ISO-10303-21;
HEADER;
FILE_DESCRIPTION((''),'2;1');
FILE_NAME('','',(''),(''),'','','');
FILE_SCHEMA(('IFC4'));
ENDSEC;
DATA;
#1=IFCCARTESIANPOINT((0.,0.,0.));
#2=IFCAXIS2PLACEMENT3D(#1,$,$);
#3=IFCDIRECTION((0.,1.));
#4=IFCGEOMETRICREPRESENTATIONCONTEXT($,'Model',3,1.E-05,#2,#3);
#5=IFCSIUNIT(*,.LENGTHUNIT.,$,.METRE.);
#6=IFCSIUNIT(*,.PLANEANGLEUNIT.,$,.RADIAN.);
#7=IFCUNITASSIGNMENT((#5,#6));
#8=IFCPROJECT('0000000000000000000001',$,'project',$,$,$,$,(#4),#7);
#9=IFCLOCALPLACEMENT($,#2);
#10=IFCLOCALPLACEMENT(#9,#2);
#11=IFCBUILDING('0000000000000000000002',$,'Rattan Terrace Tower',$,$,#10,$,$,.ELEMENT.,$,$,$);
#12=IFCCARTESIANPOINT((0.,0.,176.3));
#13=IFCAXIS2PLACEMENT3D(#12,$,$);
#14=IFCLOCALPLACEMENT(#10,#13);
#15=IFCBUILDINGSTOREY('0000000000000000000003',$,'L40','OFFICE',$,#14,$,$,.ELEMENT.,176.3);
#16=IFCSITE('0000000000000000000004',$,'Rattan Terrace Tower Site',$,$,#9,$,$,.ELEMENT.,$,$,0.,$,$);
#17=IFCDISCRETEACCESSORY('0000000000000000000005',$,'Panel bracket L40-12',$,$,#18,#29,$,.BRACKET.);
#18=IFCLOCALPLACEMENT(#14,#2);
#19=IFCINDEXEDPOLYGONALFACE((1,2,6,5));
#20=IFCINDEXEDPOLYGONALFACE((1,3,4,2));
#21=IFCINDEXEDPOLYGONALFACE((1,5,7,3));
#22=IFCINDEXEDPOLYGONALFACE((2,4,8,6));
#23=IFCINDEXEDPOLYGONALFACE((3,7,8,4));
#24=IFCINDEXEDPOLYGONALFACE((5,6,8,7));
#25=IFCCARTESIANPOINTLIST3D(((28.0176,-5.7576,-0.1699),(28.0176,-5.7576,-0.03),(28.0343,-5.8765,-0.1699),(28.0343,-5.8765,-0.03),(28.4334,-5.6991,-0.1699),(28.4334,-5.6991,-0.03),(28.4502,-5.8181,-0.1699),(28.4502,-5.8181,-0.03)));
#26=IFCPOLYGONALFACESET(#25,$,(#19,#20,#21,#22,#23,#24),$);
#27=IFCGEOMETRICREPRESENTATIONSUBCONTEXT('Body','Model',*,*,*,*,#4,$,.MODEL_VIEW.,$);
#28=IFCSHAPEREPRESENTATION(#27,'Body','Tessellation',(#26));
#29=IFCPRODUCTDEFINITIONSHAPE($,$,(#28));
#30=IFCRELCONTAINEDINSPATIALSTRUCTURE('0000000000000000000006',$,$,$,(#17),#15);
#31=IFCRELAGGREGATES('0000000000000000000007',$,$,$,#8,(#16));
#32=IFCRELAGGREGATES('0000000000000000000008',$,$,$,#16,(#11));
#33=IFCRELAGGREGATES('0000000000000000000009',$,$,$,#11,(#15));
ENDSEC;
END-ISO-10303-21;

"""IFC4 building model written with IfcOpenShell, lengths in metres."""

from ifc_helpers import new_model, si_unit, direction, frame, origin, origin_2d, place, context, subcontext, project, spatial, rectangle, extrude, element, save


model = new_model("IFC4")

# Units and contexts
model_context = context("Model", 3, precision=1e-05, world=origin(), true_north=direction((0.0, 1.0)))
body_context = subcontext(model_context, "Body", "Model", "MODEL_VIEW")
ifc_project = project(units=[si_unit("LENGTHUNIT", "METRE"), si_unit("PLANEANGLEUNIT", "RADIAN")], contexts=[model_context])

# Site, building, storey
site_placement = place(None, origin())
site = spatial("IfcSite", under=ifc_project, at=site_placement, Name="Rattan Terrace Tower Site", CompositionType="ELEMENT", RefElevation=0.0)
building_placement = place(site_placement, origin())
building = spatial("IfcBuilding", under=site, at=building_placement, Name="Rattan Terrace Tower", CompositionType="ELEMENT")
storey_placement = place(building_placement, frame((0.0, 0.0, 176.3)))
storey = spatial("IfcBuildingStorey", under=building, at=storey_placement, Name="L40", Description="OFFICE", CompositionType="ELEMENT", Elevation=176.3)

# Discrete accessory
for number, where, z_axis, x_axis, name in (
    (1, (28.2339, -5.7878, -0.1699), (0.0, 0.0, 1.0), (-0.139191, 0.990266, 0.0), "Panel bracket L40-12"),
):
    element("IfcDiscreteAccessory", number, at=place(storey_placement, frame(where, z_axis=z_axis, x_axis=x_axis)), inside=storey, Name=name, PredefinedType="BRACKET", context=body_context, shape_type="SweptSolid", body=[
        extrude(rectangle(XDim=0.1201, YDim=0.4199, at=origin_2d()), origin(), (0.0, 0.0, 1.0), 0.1399),
    ])

save(model, "model.ifc")
